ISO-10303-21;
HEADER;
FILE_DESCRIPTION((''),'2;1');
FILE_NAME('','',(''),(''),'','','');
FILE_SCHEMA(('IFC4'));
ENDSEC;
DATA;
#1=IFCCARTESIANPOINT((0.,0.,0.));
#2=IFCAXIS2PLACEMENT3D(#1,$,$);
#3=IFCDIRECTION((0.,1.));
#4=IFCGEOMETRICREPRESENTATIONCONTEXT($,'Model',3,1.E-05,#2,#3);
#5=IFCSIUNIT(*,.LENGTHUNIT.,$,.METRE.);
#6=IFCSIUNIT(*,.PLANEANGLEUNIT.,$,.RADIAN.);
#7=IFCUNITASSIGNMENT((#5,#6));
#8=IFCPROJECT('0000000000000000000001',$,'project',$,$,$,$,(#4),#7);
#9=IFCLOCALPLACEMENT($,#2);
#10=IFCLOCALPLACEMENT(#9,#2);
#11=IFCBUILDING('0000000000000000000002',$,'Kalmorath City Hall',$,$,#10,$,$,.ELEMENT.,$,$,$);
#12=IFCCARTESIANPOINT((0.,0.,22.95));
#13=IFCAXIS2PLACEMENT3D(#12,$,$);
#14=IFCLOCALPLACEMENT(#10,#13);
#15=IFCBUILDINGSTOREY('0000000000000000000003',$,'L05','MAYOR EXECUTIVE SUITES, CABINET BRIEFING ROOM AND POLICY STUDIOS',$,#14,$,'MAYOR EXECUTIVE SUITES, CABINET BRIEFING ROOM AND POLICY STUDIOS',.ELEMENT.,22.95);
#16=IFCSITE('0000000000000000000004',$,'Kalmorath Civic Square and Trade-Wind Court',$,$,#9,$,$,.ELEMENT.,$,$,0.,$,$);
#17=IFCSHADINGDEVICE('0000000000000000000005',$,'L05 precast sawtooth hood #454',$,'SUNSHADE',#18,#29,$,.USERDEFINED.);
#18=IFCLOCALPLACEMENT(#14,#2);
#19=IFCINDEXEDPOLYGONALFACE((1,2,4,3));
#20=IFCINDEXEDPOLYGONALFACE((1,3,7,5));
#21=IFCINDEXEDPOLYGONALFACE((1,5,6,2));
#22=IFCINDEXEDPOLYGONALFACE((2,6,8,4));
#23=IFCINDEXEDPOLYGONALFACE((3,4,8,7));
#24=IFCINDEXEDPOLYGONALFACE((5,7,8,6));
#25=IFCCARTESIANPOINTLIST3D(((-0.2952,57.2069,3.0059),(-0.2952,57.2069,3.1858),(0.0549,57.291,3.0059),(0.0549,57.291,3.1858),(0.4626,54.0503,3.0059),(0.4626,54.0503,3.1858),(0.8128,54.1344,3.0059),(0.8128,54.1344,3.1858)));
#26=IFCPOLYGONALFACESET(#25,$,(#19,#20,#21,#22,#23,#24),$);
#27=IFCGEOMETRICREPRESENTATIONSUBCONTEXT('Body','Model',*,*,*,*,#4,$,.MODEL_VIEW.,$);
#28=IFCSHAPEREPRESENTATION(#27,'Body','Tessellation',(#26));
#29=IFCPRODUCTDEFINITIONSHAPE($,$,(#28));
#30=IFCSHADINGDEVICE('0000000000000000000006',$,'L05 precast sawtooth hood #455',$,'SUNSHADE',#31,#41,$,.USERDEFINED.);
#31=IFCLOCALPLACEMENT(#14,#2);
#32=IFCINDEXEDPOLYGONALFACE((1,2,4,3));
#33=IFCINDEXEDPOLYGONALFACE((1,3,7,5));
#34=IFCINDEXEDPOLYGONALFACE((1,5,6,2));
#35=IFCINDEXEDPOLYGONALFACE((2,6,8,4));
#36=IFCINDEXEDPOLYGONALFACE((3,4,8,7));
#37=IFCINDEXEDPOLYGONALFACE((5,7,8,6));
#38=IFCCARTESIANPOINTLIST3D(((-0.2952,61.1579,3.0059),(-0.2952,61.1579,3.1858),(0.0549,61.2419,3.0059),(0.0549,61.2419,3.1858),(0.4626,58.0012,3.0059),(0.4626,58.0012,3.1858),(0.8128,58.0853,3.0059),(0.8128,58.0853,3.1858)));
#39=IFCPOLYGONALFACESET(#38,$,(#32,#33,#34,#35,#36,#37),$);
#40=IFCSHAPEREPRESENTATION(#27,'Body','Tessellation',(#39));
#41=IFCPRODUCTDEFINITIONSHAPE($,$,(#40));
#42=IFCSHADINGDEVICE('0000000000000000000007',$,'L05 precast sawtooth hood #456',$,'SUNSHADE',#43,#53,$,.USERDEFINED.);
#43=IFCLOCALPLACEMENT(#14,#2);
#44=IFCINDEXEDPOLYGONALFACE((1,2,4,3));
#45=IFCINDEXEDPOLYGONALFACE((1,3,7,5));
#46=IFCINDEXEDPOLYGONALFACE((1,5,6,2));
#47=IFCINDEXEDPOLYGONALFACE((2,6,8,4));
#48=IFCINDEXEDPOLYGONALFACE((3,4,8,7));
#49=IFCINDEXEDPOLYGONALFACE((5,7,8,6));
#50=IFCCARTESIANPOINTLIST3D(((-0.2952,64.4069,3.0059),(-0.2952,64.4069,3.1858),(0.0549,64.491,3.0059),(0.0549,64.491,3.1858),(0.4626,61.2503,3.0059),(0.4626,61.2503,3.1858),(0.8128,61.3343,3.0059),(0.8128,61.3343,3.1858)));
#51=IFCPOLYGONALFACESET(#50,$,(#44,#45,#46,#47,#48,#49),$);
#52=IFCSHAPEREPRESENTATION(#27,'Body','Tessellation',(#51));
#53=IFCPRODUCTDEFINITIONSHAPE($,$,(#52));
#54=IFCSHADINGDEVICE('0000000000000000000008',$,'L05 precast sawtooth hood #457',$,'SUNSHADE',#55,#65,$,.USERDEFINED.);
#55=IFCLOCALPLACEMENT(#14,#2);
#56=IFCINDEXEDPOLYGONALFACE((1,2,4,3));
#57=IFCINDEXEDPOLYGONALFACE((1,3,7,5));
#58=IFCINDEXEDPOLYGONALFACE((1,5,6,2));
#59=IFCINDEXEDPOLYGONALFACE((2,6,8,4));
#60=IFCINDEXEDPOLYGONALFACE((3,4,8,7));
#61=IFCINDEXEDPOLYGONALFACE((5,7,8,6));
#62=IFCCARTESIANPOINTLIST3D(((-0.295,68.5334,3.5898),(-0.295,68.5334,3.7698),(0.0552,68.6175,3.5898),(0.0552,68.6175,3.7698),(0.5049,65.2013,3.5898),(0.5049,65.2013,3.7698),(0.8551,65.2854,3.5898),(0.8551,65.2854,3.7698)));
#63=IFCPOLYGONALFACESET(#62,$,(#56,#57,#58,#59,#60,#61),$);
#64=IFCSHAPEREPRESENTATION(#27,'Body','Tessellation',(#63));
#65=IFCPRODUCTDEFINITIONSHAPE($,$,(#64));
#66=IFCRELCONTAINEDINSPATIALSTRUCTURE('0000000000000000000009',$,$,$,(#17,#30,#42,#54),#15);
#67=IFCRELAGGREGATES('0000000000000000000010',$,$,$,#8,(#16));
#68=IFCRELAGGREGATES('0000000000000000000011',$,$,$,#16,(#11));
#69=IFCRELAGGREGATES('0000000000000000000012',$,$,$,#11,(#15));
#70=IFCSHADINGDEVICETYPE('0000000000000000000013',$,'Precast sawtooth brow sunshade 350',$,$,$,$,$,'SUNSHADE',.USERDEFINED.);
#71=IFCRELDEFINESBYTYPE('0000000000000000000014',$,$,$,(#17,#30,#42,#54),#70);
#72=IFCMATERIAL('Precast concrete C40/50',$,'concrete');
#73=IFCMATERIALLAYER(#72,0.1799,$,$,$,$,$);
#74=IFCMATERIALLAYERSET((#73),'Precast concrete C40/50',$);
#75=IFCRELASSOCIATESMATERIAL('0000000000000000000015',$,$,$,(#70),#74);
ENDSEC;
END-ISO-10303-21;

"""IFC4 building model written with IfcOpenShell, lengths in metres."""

from ifc_helpers import new_model, si_unit, direction, frame, origin, origin_2d, place, context, subcontext, project, spatial, rectangle, extrude, material, layer, layer_set, type_object, element, save


model = new_model("IFC4")

# Units and contexts
model_context = context("Model", 3, precision=1e-05, world=origin(), true_north=direction((0.0, 1.0)))
body_context = subcontext(model_context, "Body", "Model", "MODEL_VIEW")
ifc_project = project(units=[si_unit("LENGTHUNIT", "METRE"), si_unit("PLANEANGLEUNIT", "RADIAN")], contexts=[model_context])

# Site, building, storey
site_placement = place(None, origin())
site = spatial("IfcSite", under=ifc_project, at=site_placement, Name="Kalmorath Civic Square and Trade-Wind Court", CompositionType="ELEMENT", RefElevation=0.0)
building_placement = place(site_placement, origin())
building = spatial("IfcBuilding", under=site, at=building_placement, Name="Kalmorath City Hall", CompositionType="ELEMENT")
storey_placement = place(building_placement, frame((0.0, 0.0, 22.95)))
storey = spatial("IfcBuildingStorey", under=building, at=storey_placement, Name="L05", Description="MAYOR EXECUTIVE SUITES, CABINET BRIEFING ROOM AND POLICY STUDIOS", LongName="MAYOR EXECUTIVE SUITES, CABINET BRIEFING ROOM AND POLICY STUDIOS", CompositionType="ELEMENT", Elevation=22.95)

# Shading devices
ifc_material_1 = material(Name="Precast concrete C40/50", Category="concrete")
ifc_layer_1 = layer(ifc_material_1, 0.1799)
ifc_layer_set_1 = layer_set([ifc_layer_1], Name="Precast concrete C40/50")
shading_device_type = type_object("IfcShadingDeviceType", Name="Precast sawtooth brow sunshade 350", ElementType="SUNSHADE", PredefinedType="USERDEFINED", material=ifc_layer_set_1)
for number, where, z_axis, x_axis, name in (
    (1, (0.2588, 55.6707, 3.0059), (0.0, 0.0, 1.0), (-0.233445, 0.97237, 0.0), "L05 precast sawtooth hood #454"),
    (2, (0.2588, 59.6216, 3.0059), (0.0, 0.0, 1.0), (-0.233445, 0.97237, 0.0), "L05 precast sawtooth hood #455"),
    (3, (0.2588, 62.8706, 3.0059), (0.0, 0.0, 1.0), (-0.233445, 0.97237, 0.0), "L05 precast sawtooth hood #456"),
):
    element("IfcShadingDevice", number, at=place(storey_placement, frame(where, z_axis=z_axis, x_axis=x_axis)), inside=storey, type_object=shading_device_type, Name=name, ObjectType="SUNSHADE", PredefinedType="USERDEFINED", context=body_context, shape_type="SweptSolid", body=[
        extrude(rectangle(XDim=3.2463, YDim=0.3601, at=origin_2d()), origin(), (0.0, 0.0, 1.0), 0.1799),
    ])
shading_device_placement = place(storey_placement, frame((0.28, 66.9094, 3.5898), z_axis=(0.0, 0.0, 1.0), x_axis=(-0.233428, 0.972374, 0.0)))
element("IfcShadingDevice", 4, at=shading_device_placement, inside=storey, type_object=shading_device_type, Name="L05 precast sawtooth hood #457", ObjectType="SUNSHADE", PredefinedType="USERDEFINED", context=body_context, shape_type="SweptSolid", body=[
    extrude(rectangle(XDim=3.4268, YDim=0.3601, at=origin_2d()), origin(), (0.0, 0.0, 1.0), 0.1799),
])

save(model, "model.ifc")
